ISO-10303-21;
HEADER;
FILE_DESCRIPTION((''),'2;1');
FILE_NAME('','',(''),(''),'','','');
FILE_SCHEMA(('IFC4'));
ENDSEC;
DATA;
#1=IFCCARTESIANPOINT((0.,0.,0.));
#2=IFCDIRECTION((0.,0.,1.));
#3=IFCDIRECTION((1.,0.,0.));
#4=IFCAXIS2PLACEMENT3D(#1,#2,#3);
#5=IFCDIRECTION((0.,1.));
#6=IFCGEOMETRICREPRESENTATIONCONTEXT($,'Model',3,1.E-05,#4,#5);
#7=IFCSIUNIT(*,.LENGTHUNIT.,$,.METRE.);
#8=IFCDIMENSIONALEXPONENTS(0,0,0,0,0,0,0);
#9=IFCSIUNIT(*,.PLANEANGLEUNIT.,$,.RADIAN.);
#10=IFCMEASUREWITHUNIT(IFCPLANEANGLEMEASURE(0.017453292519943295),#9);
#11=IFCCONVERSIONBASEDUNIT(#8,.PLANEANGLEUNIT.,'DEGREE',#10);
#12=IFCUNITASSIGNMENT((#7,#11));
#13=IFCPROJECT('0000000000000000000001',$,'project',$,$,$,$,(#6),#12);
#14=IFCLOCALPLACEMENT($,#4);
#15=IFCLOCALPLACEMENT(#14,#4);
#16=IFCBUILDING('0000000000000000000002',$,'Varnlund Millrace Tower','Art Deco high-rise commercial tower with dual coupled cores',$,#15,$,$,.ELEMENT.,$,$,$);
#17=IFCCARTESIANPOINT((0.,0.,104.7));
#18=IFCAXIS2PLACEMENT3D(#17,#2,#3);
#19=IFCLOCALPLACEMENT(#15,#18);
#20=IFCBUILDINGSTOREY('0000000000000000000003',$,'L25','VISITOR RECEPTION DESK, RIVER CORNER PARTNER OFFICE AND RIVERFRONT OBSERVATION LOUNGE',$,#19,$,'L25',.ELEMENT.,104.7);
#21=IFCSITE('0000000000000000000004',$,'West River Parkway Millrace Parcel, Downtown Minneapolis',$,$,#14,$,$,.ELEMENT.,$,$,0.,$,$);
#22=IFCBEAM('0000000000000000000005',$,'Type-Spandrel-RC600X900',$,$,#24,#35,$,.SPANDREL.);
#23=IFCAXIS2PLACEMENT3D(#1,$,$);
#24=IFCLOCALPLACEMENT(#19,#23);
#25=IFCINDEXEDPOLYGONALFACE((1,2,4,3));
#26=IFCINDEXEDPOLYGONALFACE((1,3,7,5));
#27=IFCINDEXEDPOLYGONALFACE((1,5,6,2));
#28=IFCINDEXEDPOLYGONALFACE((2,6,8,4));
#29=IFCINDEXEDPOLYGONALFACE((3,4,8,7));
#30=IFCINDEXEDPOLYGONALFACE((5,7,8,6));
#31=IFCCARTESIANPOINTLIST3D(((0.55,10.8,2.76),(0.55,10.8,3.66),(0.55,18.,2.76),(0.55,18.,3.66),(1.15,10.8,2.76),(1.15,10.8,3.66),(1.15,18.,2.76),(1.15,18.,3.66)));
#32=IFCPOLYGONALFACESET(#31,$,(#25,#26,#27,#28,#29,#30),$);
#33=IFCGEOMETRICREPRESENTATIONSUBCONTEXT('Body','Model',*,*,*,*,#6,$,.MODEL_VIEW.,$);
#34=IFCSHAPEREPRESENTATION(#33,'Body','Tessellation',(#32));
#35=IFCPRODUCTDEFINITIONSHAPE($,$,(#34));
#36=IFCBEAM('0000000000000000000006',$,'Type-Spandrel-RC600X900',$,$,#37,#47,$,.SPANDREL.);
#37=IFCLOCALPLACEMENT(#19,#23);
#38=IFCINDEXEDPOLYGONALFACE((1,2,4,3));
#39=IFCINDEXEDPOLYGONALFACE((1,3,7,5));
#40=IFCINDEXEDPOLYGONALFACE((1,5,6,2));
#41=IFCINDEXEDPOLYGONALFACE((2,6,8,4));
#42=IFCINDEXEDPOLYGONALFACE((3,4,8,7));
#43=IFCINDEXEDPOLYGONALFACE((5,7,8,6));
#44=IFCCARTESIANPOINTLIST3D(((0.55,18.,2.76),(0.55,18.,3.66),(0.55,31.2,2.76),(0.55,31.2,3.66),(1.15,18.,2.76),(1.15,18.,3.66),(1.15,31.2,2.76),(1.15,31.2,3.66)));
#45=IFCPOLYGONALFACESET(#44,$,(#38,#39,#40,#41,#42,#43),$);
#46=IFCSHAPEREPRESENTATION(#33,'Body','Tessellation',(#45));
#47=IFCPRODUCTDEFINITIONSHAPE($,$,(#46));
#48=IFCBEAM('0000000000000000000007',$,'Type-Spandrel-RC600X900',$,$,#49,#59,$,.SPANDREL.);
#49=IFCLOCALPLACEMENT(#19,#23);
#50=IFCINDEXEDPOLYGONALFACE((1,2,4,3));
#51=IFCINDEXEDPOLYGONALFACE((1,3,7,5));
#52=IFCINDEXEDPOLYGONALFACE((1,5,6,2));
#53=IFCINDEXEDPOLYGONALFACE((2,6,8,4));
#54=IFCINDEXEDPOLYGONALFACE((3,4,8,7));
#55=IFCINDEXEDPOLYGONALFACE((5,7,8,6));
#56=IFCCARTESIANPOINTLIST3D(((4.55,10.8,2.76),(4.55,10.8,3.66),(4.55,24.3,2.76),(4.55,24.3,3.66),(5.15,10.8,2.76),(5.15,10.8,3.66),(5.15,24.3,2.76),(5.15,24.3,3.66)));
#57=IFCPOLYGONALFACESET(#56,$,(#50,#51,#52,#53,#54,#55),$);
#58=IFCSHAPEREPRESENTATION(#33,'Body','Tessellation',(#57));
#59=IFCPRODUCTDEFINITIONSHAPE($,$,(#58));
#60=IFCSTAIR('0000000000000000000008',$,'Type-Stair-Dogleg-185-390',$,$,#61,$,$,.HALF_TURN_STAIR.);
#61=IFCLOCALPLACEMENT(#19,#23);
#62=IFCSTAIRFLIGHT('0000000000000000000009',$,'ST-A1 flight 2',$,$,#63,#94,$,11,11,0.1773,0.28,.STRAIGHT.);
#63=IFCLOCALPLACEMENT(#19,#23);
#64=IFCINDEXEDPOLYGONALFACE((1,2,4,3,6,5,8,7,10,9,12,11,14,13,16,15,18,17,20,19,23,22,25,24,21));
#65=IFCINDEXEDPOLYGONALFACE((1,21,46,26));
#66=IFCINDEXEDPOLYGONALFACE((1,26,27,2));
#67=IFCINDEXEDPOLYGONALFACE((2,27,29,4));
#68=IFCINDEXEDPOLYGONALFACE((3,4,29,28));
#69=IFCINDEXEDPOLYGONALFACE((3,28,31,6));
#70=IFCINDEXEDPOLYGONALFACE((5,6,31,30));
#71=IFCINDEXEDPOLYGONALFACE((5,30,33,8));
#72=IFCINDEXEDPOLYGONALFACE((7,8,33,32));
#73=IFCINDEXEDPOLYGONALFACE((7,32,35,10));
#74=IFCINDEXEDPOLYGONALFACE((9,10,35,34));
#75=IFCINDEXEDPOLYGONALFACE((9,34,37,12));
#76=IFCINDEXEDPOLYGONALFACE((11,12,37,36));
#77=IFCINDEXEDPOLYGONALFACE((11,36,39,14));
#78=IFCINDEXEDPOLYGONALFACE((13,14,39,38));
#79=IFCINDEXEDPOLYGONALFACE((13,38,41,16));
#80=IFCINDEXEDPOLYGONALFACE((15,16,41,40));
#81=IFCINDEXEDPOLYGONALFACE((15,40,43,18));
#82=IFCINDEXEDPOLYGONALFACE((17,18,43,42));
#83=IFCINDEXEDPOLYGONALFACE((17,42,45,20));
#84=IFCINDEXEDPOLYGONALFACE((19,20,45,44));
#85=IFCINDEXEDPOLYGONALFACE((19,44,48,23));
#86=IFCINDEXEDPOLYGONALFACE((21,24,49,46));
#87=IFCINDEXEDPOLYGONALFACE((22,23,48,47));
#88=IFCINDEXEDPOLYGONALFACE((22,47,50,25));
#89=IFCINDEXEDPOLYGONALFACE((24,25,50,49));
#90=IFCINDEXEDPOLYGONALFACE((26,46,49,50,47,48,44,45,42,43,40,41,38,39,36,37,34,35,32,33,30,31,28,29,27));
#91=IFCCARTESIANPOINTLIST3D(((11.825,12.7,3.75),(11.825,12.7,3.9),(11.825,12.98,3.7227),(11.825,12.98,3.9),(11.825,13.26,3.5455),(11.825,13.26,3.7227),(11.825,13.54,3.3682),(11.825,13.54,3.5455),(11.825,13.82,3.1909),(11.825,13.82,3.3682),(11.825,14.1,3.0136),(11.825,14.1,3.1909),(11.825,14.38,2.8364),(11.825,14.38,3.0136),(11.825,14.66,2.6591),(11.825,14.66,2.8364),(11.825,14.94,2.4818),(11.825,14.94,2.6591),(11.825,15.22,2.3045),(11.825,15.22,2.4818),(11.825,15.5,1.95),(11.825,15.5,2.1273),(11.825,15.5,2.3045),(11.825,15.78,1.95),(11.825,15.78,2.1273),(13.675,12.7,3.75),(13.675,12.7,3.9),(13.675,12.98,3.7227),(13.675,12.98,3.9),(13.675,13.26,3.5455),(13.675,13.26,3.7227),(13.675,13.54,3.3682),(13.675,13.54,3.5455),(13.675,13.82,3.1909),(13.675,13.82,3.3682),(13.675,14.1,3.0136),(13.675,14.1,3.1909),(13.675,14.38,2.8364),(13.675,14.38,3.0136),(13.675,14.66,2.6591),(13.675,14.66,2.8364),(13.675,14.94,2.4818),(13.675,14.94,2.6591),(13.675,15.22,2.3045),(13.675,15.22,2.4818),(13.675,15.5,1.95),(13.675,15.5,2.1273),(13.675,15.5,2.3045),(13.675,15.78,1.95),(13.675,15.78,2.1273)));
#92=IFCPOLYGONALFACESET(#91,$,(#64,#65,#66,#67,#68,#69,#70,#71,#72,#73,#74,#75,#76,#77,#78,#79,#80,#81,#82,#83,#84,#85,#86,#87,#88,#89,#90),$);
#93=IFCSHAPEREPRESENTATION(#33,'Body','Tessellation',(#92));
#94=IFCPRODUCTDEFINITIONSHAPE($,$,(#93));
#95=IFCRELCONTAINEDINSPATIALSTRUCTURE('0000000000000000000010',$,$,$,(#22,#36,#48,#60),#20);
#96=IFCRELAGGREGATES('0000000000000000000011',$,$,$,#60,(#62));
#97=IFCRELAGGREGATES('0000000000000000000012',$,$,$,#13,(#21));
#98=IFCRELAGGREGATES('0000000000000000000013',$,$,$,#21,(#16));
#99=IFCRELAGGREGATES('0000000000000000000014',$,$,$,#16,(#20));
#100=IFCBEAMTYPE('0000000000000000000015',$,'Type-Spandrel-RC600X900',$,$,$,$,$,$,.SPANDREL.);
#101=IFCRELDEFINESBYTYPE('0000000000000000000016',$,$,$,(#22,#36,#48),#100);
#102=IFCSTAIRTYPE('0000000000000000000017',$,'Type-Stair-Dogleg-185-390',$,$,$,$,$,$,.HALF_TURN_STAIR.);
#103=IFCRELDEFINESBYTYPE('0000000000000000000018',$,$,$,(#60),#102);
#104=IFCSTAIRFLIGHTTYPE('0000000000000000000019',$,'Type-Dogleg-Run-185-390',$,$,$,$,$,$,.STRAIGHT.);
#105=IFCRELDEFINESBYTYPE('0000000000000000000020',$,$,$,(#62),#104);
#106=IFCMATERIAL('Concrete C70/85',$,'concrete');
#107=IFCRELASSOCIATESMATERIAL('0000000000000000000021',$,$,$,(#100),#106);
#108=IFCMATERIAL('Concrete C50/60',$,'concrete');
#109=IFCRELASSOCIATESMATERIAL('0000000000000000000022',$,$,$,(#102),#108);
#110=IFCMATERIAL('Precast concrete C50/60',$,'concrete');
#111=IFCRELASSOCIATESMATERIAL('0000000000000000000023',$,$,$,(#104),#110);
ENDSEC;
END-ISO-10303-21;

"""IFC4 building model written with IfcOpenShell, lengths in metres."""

from ifc_helpers import new_model, entity, si_unit, converted_unit, direction, frame, origin_with_axes, origin_2d_with_axis, place, context, subcontext, project, spatial, polyline, rectangle, outline, extrude, material, material_profile, profile_set, type_object, element, aggregate, save


model = new_model("IFC4")

# Units and contexts
model_context = context("Model", 3, precision=1e-05, world=origin_with_axes(), true_north=direction((0.0, 1.0)))
body_context = subcontext(model_context, "Body", "Model", "MODEL_VIEW")
ifc_project = project(units=[si_unit("LENGTHUNIT", "METRE"), converted_unit("PLANEANGLEUNIT", "DEGREE", entity("IfcPlaneAngleMeasure", 0.017453292519943295), si_unit("PLANEANGLEUNIT", "RADIAN"), dimensions=[0, 0, 0, 0, 0, 0, 0])], contexts=[model_context])

# Site, building, storey
site_placement = place(None, origin_with_axes())
site = spatial("IfcSite", under=ifc_project, at=site_placement, Name="West River Parkway Millrace Parcel, Downtown Minneapolis", CompositionType="ELEMENT", RefElevation=0.0)
building_placement = place(site_placement, origin_with_axes())
building = spatial("IfcBuilding", under=site, at=building_placement, Name="Varnlund Millrace Tower", Description="Art Deco high-rise commercial tower with dual coupled cores", CompositionType="ELEMENT")
storey_placement = place(building_placement, frame((0.0, 0.0, 104.7), z_axis=(0.0, 0.0, 1.0), x_axis=(1.0, 0.0, 0.0)))
storey = spatial("IfcBuildingStorey", under=building, at=storey_placement, Name="L25", Description="VISITOR RECEPTION DESK, RIVER CORNER PARTNER OFFICE AND RIVERFRONT OBSERVATION LOUNGE", LongName="L25", CompositionType="ELEMENT", Elevation=104.7)

# Beams
ifc_material_1 = material(Name="Concrete C70/85", Category="concrete")
ifc_material_profile_1 = material_profile(ifc_material_1, rectangle(XDim=0.6, YDim=0.9, at=origin_2d_with_axis()), Name="Concrete C70/85")
ifc_profile_set_1 = profile_set([ifc_material_profile_1], Name="Concrete C70/85")
beam_type_1 = type_object("IfcBeamType", Name="Type-Spandrel-RC600X900", PredefinedType="SPANDREL", material=ifc_profile_set_1)
beam_1_placement = place(storey_placement, frame((0.85, 10.8, 3.21), z_axis=(0.0, 1.0, 0.0), x_axis=(-1.0, 0.0, 0.0)))
element("IfcBeam", 1, at=beam_1_placement, inside=storey, type_object=beam_type_1, Name="Type-Spandrel-RC600X900", PredefinedType="SPANDREL", context=body_context, shape_type="SweptSolid", body=[
    extrude(rectangle(XDim=0.6, YDim=0.9, at=origin_2d_with_axis()), origin_with_axes(), (0.0, 0.0, 1.0), 7.2),
])
beam_2_placement = place(storey_placement, frame((0.85, 18.0, 3.21), z_axis=(0.0, 1.0, 0.0), x_axis=(-1.0, 0.0, 0.0)))
element("IfcBeam", 2, at=beam_2_placement, inside=storey, type_object=beam_type_1, Name="Type-Spandrel-RC600X900", PredefinedType="SPANDREL", context=body_context, shape_type="SweptSolid", body=[
    extrude(rectangle(XDim=0.6, YDim=0.9, at=origin_2d_with_axis()), origin_with_axes(), (0.0, 0.0, 1.0), 13.2),
])
beam_3_placement = place(storey_placement, frame((4.85, 10.8, 3.21), z_axis=(0.0, 1.0, 0.0), x_axis=(-1.0, 0.0, 0.0)))
element("IfcBeam", 3, at=beam_3_placement, inside=storey, type_object=beam_type_1, Name="Type-Spandrel-RC600X900", PredefinedType="SPANDREL", context=body_context, shape_type="SweptSolid", body=[
    extrude(rectangle(XDim=0.6, YDim=0.9, at=origin_2d_with_axis()), origin_with_axes(), (0.0, 0.0, 1.0), 13.5),
])

# Stair, stair flight
ifc_material_2 = material(Name="Concrete C50/60", Category="concrete")
stair_type = type_object("IfcStairType", Name="Type-Stair-Dogleg-185-390", PredefinedType="HALF_TURN_STAIR", material=ifc_material_2)
stair_placement = place(storey_placement, origin_with_axes())
stair = element("IfcStair", 4, at=stair_placement, inside=storey, type_object=stair_type, Name="Type-Stair-Dogleg-185-390", PredefinedType="HALF_TURN_STAIR")
ifc_material_3 = material(Name="Precast concrete C50/60", Category="concrete")
stair_flight_type = type_object("IfcStairFlightType", Name="Type-Dogleg-Run-185-390", PredefinedType="STRAIGHT", material=ifc_material_3)
stair_flight_placement = place(storey_placement, frame((13.675, 15.78, 1.95), z_axis=(-1.0, 0.0, 0.0), x_axis=(0.0, -1.0, 0.0)))
stair_flight = element("IfcStairFlight", 5, at=stair_flight_placement, type_object=stair_flight_type, Name="ST-A1 flight 2", NumberOfRisers=11, NumberOfTreads=11, PredefinedType="STRAIGHT", RiserHeight=0.1773, TreadLength=0.28, context=body_context, shape_type="SweptSolid", body=[
    extrude(outline(polyline([(0.0, 0.0), (0.0, 0.1773), (0.28, 0.1773), (0.28, 0.3545), (0.56, 0.3545), (0.56, 0.5318), (0.84, 0.5318), (0.84, 0.7091), (1.12, 0.7091), (1.12, 0.8864), (1.4, 0.8864), (1.4, 1.0636), (1.68, 1.0636), (1.68, 1.2409), (1.96, 1.2409), (1.96, 1.4182), (2.24, 1.4182), (2.24, 1.5955), (2.52, 1.5955), (2.52, 1.7727), (2.8, 1.7727), (2.8, 1.95), (3.08, 1.95), (3.08, 1.8), (0.28, 0.0), (0.0, 0.0)])), origin_with_axes(), (0.0, 0.0, 1.0), 1.85),
])
aggregate(stair, [stair_flight])

save(model, "model.ifc")
